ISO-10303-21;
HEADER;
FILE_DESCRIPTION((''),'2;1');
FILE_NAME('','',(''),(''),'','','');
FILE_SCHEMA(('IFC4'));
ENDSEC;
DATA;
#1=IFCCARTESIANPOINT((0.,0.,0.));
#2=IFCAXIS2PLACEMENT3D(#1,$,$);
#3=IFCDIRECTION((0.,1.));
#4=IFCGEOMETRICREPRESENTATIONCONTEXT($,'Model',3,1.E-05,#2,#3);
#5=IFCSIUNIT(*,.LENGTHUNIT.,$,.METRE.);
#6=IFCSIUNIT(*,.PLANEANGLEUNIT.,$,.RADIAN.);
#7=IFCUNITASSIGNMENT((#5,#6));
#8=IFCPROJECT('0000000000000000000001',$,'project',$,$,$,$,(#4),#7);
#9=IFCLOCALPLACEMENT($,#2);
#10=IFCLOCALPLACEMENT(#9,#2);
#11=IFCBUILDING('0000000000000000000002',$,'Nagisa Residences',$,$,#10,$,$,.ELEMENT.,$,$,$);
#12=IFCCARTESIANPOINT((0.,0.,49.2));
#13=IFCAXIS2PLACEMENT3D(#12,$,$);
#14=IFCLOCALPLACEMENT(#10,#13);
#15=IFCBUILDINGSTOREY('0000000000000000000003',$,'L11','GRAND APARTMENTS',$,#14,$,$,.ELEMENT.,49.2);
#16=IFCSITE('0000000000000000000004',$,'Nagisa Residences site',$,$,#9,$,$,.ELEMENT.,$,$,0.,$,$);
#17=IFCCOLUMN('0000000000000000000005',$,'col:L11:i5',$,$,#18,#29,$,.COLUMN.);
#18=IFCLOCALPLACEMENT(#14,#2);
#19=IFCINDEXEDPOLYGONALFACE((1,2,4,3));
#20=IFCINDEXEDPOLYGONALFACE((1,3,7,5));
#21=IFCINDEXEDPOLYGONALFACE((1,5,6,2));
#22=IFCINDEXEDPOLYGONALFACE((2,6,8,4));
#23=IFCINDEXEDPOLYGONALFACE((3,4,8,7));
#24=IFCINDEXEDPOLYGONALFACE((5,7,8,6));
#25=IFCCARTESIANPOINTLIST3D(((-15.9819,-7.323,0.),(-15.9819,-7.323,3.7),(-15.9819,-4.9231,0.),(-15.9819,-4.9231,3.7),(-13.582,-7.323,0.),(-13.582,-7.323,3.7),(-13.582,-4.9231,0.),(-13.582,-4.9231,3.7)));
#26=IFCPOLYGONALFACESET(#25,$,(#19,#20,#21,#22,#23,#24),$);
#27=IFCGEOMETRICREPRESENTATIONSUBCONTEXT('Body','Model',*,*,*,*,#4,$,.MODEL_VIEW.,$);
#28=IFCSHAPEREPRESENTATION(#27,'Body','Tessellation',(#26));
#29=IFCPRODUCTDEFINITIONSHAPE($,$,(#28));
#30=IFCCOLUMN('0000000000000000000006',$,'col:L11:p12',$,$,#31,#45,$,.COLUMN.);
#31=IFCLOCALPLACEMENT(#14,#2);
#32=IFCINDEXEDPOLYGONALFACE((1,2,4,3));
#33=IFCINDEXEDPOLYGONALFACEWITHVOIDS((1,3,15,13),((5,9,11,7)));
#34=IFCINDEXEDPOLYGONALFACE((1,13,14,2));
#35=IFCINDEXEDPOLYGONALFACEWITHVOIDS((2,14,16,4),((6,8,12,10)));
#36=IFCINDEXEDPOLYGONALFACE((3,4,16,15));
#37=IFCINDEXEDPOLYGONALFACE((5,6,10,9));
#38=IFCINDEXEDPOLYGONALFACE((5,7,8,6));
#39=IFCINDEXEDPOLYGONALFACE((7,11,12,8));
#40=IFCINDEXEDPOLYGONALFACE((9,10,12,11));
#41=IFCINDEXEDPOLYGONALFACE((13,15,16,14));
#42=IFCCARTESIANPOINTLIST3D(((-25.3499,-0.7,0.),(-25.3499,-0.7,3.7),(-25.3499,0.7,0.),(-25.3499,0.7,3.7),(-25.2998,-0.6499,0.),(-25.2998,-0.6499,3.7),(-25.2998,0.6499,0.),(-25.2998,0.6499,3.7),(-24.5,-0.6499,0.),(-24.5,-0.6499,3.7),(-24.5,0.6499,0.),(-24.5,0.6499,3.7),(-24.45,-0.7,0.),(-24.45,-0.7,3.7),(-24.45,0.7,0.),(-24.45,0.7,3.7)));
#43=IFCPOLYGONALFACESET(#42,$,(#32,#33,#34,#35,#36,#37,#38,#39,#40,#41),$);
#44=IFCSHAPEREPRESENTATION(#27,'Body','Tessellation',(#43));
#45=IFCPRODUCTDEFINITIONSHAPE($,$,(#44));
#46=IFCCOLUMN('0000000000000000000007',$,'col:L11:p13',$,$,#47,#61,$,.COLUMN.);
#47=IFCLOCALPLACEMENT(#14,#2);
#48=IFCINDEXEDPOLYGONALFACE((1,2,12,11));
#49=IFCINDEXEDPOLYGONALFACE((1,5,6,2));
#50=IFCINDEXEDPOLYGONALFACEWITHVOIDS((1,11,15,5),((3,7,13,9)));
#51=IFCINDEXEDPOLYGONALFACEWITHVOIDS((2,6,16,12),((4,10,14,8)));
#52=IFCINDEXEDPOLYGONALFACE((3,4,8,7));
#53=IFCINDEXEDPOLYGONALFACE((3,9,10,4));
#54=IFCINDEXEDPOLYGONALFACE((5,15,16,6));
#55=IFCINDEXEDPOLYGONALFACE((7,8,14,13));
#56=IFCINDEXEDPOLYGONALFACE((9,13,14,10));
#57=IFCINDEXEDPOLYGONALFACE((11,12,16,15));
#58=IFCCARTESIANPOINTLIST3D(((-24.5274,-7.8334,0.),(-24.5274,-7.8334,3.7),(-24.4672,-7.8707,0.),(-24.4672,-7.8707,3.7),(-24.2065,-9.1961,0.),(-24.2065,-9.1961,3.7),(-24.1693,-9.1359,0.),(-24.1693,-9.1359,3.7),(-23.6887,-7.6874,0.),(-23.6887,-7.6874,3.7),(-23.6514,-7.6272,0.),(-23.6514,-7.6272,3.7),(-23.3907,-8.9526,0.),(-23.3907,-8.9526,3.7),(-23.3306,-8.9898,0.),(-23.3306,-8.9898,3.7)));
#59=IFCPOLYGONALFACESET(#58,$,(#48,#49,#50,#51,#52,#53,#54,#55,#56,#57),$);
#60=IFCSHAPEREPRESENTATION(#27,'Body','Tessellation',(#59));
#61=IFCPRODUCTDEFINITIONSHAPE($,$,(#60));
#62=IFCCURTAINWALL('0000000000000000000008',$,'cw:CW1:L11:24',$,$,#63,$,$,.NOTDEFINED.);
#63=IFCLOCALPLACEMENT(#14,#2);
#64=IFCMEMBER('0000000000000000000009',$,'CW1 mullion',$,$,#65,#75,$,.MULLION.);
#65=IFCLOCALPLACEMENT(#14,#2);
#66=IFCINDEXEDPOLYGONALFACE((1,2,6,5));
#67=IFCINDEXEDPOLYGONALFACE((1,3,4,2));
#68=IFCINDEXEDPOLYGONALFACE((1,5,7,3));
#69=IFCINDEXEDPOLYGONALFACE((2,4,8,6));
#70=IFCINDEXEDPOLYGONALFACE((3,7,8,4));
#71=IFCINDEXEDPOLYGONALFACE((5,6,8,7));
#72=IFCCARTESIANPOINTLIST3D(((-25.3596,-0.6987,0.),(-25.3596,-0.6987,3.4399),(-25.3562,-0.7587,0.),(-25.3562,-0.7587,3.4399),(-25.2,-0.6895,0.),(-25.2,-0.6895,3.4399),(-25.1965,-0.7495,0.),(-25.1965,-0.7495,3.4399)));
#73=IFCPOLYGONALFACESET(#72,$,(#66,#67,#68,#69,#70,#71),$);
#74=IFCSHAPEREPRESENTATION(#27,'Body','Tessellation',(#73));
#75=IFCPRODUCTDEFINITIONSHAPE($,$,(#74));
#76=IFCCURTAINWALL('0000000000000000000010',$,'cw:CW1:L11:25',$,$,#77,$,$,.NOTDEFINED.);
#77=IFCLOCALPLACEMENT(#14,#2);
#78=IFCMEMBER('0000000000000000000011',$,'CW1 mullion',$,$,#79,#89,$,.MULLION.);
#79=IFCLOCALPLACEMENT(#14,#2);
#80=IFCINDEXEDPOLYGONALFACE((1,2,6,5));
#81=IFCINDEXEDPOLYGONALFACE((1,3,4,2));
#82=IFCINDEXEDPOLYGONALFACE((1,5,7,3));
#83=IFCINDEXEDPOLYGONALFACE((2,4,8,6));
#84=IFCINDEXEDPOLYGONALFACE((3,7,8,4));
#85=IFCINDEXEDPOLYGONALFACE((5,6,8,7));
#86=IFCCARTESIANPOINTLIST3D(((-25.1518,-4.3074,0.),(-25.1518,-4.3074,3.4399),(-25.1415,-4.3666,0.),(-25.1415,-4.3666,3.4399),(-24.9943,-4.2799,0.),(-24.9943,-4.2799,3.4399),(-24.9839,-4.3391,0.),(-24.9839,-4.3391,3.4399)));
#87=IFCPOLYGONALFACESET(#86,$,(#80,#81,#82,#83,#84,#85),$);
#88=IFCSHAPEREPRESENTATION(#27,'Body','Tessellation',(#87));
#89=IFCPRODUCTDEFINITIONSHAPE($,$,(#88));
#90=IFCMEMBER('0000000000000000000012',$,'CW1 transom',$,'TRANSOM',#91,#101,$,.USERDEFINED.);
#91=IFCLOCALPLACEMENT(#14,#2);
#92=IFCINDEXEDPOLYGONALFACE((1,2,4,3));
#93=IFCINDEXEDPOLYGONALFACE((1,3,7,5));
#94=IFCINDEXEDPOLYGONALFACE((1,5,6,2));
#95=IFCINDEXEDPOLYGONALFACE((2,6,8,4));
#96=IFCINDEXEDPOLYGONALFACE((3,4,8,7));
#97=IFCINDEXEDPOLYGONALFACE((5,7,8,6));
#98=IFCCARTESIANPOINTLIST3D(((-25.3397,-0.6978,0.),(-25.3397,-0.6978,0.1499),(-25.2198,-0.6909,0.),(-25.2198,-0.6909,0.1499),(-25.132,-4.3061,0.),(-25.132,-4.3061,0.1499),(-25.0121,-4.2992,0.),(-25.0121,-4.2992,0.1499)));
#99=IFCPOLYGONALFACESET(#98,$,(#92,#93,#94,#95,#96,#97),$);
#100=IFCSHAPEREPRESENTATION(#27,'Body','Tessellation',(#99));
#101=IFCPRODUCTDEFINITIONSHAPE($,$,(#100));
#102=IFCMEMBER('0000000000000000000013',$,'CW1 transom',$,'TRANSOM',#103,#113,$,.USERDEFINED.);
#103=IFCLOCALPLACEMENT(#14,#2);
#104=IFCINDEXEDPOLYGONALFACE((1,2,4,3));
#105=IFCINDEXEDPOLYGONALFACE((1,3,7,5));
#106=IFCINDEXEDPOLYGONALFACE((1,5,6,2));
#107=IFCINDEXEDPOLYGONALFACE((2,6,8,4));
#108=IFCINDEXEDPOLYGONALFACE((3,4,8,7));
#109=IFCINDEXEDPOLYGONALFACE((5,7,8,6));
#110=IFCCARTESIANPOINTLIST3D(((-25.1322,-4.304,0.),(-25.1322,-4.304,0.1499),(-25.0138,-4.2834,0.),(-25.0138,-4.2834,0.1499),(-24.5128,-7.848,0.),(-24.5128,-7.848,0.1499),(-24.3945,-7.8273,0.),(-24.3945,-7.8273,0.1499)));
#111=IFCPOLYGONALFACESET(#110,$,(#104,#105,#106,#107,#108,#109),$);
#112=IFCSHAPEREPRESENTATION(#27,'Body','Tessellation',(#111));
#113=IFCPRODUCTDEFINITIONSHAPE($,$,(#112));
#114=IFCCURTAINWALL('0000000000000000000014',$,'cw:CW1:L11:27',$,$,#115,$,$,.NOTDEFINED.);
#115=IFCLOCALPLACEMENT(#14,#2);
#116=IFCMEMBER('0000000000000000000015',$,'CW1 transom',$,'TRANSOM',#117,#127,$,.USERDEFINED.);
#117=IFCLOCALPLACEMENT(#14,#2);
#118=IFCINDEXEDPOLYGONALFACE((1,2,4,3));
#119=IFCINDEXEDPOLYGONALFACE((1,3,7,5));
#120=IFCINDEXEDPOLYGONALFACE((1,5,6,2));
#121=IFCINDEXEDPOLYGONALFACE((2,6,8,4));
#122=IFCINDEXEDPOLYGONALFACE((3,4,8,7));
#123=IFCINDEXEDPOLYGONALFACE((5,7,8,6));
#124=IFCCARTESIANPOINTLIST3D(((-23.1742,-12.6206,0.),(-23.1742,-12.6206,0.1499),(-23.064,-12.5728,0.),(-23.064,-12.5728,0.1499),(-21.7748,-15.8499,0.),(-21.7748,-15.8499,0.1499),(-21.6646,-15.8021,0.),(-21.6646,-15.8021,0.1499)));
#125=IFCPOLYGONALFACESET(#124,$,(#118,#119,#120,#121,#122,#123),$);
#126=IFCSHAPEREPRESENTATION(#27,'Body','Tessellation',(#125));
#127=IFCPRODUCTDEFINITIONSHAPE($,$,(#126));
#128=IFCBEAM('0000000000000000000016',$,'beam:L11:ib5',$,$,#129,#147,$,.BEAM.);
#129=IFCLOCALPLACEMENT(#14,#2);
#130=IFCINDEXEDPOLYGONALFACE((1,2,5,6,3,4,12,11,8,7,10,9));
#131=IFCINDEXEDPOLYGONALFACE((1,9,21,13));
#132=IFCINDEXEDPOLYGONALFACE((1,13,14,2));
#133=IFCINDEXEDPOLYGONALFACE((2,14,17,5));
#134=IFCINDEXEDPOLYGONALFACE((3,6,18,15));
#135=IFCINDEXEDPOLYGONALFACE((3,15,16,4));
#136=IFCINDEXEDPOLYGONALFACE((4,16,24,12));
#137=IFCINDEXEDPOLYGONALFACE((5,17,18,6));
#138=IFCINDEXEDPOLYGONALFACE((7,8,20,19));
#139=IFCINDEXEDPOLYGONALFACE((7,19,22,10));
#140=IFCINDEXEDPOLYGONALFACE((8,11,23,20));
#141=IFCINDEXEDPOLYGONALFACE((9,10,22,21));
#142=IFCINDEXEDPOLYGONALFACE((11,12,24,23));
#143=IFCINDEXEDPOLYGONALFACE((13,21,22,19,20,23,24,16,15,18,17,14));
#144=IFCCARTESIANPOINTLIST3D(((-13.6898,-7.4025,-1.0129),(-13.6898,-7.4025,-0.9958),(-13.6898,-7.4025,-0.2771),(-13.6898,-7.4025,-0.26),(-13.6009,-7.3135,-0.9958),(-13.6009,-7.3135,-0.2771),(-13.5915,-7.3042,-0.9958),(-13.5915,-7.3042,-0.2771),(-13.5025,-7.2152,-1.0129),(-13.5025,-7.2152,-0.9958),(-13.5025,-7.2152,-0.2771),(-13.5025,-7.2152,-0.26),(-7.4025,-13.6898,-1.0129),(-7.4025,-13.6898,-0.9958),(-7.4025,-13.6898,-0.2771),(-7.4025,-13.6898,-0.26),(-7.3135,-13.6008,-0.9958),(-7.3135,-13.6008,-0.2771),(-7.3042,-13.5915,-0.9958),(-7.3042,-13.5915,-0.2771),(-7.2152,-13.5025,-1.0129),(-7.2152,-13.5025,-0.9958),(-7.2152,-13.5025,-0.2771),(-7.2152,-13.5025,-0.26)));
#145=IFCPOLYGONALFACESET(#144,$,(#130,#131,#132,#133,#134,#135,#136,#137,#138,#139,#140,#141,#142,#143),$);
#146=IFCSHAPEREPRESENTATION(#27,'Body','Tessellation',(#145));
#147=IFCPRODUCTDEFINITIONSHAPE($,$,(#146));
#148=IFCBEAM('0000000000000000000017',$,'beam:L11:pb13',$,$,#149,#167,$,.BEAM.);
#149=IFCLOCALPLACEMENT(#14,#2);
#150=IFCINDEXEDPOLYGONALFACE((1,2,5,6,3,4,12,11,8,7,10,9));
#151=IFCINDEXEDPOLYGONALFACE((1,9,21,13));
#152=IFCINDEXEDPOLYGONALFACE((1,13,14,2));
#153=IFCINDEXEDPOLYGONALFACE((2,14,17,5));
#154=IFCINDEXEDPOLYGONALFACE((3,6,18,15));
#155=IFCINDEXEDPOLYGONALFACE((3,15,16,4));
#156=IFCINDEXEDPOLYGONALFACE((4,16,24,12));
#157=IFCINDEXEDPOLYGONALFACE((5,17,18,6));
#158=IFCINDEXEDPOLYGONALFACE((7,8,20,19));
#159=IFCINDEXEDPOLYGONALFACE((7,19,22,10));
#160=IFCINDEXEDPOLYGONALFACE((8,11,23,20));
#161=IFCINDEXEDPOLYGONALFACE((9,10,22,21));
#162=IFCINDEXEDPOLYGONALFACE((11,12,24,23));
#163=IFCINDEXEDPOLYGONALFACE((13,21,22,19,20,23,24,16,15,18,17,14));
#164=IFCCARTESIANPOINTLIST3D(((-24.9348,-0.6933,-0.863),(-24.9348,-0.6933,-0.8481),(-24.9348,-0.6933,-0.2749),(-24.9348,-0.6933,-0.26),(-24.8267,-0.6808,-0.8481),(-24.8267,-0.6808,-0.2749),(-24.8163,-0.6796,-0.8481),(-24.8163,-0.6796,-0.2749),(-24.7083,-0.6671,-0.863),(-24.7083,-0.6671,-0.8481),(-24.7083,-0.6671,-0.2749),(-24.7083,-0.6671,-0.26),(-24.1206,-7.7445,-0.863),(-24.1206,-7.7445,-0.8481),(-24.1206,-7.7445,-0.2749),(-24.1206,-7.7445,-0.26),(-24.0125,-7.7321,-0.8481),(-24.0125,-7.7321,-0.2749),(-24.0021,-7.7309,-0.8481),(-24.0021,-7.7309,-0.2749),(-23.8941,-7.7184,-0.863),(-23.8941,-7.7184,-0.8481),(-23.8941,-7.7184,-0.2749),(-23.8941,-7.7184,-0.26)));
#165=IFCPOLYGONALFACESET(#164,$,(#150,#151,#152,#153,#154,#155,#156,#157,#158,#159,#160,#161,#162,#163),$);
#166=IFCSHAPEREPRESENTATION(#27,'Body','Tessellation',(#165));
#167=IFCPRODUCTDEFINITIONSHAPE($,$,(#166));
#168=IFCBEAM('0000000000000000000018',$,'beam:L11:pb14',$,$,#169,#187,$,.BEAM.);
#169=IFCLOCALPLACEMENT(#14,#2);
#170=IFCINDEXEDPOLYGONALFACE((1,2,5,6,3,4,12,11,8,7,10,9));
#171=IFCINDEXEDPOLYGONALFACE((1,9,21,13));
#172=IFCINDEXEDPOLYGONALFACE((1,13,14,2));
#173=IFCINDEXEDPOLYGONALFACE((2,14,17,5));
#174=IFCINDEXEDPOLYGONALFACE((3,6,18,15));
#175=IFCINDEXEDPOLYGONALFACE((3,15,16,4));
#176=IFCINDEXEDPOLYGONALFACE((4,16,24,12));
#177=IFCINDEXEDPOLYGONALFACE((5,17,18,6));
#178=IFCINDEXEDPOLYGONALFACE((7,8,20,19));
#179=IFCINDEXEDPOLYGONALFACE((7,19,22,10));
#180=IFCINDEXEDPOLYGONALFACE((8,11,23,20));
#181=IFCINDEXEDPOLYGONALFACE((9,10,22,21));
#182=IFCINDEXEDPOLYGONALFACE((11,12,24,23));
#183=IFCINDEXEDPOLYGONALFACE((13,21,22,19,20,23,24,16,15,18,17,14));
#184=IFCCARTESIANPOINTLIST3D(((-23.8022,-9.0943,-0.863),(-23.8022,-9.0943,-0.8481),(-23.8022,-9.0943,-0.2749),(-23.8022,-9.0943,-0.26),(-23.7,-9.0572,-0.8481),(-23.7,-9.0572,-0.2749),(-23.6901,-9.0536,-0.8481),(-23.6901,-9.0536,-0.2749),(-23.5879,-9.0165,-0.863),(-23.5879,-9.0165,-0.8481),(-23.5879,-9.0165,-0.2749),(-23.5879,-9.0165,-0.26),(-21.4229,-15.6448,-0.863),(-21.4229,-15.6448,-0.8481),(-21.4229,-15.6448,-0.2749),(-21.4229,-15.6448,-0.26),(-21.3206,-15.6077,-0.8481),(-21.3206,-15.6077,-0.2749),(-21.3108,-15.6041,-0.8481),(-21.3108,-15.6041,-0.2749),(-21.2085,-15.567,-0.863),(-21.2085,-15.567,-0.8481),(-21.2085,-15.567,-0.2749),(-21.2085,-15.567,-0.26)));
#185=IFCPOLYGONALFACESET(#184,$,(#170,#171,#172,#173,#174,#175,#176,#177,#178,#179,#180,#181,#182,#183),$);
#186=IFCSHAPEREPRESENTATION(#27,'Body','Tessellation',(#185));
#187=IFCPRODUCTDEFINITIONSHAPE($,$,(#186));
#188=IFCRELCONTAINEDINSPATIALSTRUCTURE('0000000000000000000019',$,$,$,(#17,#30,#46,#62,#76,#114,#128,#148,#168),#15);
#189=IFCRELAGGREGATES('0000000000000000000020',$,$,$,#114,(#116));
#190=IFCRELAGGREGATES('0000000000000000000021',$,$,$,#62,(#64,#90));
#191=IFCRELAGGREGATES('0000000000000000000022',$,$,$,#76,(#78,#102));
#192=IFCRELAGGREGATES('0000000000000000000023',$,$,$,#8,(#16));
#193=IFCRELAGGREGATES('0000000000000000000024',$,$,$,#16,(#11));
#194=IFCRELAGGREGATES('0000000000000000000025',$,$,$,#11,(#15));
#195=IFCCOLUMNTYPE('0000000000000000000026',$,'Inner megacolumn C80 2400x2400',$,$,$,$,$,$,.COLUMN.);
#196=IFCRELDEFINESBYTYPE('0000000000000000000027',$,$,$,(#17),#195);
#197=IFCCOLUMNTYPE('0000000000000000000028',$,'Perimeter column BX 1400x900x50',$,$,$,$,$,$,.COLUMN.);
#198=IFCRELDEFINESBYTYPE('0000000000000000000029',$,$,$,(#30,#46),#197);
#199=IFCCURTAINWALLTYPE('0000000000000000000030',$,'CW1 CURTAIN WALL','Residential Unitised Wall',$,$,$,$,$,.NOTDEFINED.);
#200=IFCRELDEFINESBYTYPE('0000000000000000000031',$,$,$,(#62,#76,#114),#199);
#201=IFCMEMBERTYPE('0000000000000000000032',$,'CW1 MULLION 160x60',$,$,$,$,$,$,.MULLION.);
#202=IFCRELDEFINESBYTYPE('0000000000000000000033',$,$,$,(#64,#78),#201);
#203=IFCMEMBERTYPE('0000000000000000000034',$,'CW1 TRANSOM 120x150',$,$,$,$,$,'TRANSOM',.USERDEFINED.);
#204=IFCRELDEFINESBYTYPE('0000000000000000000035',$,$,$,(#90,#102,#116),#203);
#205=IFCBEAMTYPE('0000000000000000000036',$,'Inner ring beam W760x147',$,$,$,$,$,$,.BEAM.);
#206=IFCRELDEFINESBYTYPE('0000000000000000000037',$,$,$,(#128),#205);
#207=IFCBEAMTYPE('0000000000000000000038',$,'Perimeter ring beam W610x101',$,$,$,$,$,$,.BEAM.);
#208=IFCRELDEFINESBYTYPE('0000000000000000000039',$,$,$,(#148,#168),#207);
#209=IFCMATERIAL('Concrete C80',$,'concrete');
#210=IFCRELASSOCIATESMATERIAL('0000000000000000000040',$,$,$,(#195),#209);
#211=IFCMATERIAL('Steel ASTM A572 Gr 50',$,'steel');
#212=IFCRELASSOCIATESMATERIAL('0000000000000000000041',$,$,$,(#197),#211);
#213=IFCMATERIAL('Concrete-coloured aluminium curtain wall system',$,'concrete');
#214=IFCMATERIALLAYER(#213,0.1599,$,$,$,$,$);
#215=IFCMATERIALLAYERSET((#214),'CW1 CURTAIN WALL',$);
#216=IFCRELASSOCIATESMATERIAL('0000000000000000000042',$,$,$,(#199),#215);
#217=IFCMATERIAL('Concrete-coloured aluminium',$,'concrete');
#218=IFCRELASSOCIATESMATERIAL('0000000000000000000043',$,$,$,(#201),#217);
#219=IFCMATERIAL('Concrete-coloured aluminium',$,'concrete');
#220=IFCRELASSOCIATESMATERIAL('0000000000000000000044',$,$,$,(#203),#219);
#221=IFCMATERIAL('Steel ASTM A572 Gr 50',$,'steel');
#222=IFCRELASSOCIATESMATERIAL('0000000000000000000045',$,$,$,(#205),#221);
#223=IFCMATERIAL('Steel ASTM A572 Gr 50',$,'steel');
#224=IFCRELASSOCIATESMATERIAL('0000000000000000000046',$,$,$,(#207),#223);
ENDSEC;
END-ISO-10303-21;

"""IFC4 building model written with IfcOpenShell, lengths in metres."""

from ifc_helpers import new_model, si_unit, direction, frame, origin, origin_2d, place, context, subcontext, project, spatial, rectangle, hollow_rectangle, i_section, extrude, material, layer, layer_set, material_profile, profile_set, type_object, element, aggregate, save


model = new_model("IFC4")

# Units and contexts
model_context = context("Model", 3, precision=1e-05, world=origin(), true_north=direction((0.0, 1.0)))
body_context = subcontext(model_context, "Body", "Model", "MODEL_VIEW")
ifc_project = project(units=[si_unit("LENGTHUNIT", "METRE"), si_unit("PLANEANGLEUNIT", "RADIAN")], contexts=[model_context])

# Site, building, storey
site_placement = place(None, origin())
site = spatial("IfcSite", under=ifc_project, at=site_placement, Name="Nagisa Residences site", CompositionType="ELEMENT", RefElevation=0.0)
building_placement = place(site_placement, origin())
building = spatial("IfcBuilding", under=site, at=building_placement, Name="Nagisa Residences", CompositionType="ELEMENT")
storey_placement = place(building_placement, frame((0.0, 0.0, 49.2)))
storey = spatial("IfcBuildingStorey", under=building, at=storey_placement, Name="L11", Description="GRAND APARTMENTS", CompositionType="ELEMENT", Elevation=49.2)

# Columns
ifc_material_1 = material(Name="Concrete C80", Category="concrete")
ifc_material_profile_1 = material_profile(ifc_material_1, rectangle(XDim=2.3999, YDim=2.3999, at=origin_2d()), Name="C80 2400x2400")
ifc_profile_set_1 = profile_set([ifc_material_profile_1], Name="Concrete C80")
column_type_1 = type_object("IfcColumnType", Name="Inner megacolumn C80 2400x2400", PredefinedType="COLUMN", material=ifc_profile_set_1)
column_placement = place(storey_placement, frame((-14.782, -6.123, 0.0), z_axis=(0.0, 0.0, 1.0), x_axis=(1.0, 0.0, 0.0)))
element("IfcColumn", 1, at=column_placement, inside=storey, type_object=column_type_1, Name="col:L11:i5", PredefinedType="COLUMN", context=body_context, shape_type="SweptSolid", body=[
    extrude(rectangle(XDim=2.3999, YDim=2.3999, at=origin_2d()), origin(), (0.0, 0.0, 1.0), 3.7),
])
ifc_material_2 = material(Name="Steel ASTM A572 Gr 50", Category="steel")
ifc_material_profile_2 = material_profile(ifc_material_2, hollow_rectangle(XDim=1.3999, YDim=0.8999, WallThickness=0.05, at=origin_2d()), Name="BX 1400x900x50")
ifc_profile_set_2 = profile_set([ifc_material_profile_2], Name="Steel ASTM A572 Gr 50")
column_type_2 = type_object("IfcColumnType", Name="Perimeter column BX 1400x900x50", PredefinedType="COLUMN", material=ifc_profile_set_2)
for number, where, z_axis, x_axis, name in (
    (2, (-24.8999, 0.0, 0.0), (0.0, 0.0, 1.0), (0.0, -1.0, 0.0), "col:L11:p12"),
    (3, (-23.929, -8.4116, 0.0), (0.0, 0.0, 1.0), (0.229202, -0.973379, 0.0), "col:L11:p13"),
):
    element("IfcColumn", number, at=place(storey_placement, frame(where, z_axis=z_axis, x_axis=x_axis)), inside=storey, type_object=column_type_2, Name=name, PredefinedType="COLUMN", context=body_context, shape_type="SweptSolid", body=[
        extrude(hollow_rectangle(XDim=1.3999, YDim=0.8999, WallThickness=0.05, at=origin_2d()), origin(), (0.0, 0.0, 1.0), 3.7),
    ])

# Curtain walls, members
ifc_material_3 = material(Name="Concrete-coloured aluminium curtain wall system", Category="concrete")
ifc_layer_1 = layer(ifc_material_3, 0.1599)
ifc_layer_set_1 = layer_set([ifc_layer_1], Name="CW1 CURTAIN WALL")
curtain_wall_type = type_object("IfcCurtainWallType", Name="CW1 CURTAIN WALL", Description="Residential Unitised Wall", PredefinedType="NOTDEFINED", material=ifc_layer_set_1)
curtain_wall_1_placement = place(storey_placement, origin())
curtain_wall_1 = element("IfcCurtainWall", 4, at=curtain_wall_1_placement, inside=storey, type_object=curtain_wall_type, Name="cw:CW1:L11:24", PredefinedType="NOTDEFINED")
ifc_material_4 = material(Name="Concrete-coloured aluminium", Category="concrete")
ifc_material_profile_3 = material_profile(ifc_material_4, rectangle(XDim=0.1599, YDim=0.0601, at=origin_2d()), Name="CW1 MULLION 160x60")
ifc_profile_set_3 = profile_set([ifc_material_profile_3], Name="Concrete-coloured aluminium")
member_type_1 = type_object("IfcMemberType", Name="CW1 MULLION 160x60", PredefinedType="MULLION", material=ifc_profile_set_3)
member_1_placement = place(storey_placement, frame((-25.2781, -0.7241, 0.0), z_axis=(0.0, 0.0, 1.0), x_axis=(0.998345, 0.057503, 0.0)))
member_1 = element("IfcMember", 5, at=member_1_placement, type_object=member_type_1, Name="CW1 mullion", PredefinedType="MULLION", context=body_context, shape_type="SweptSolid", body=[
    extrude(rectangle(XDim=0.1599, YDim=0.0601, at=origin_2d()), origin(), (0.0, 0.0, 1.0), 3.4399),
])
curtain_wall_2_placement = place(storey_placement, origin())
curtain_wall_2 = element("IfcCurtainWall", 6, at=curtain_wall_2_placement, inside=storey, type_object=curtain_wall_type, Name="cw:CW1:L11:25", PredefinedType="NOTDEFINED")
member_2_placement = place(storey_placement, frame((-25.0679, -4.3232, 0.0), z_axis=(0.0, 0.0, 1.0), x_axis=(0.985064, 0.172191, 0.0)))
member_2 = element("IfcMember", 7, at=member_2_placement, type_object=member_type_1, Name="CW1 mullion", PredefinedType="MULLION", context=body_context, shape_type="SweptSolid", body=[
    extrude(rectangle(XDim=0.1599, YDim=0.0601, at=origin_2d()), origin(), (0.0, 0.0, 1.0), 3.4399),
])

# Members
ifc_material_5 = material(Name="Concrete-coloured aluminium", Category="concrete")
ifc_material_profile_4 = material_profile(ifc_material_5, rectangle(XDim=0.1201, YDim=0.1499, at=origin_2d()), Name="CW1 TRANSOM 120x150")
ifc_profile_set_4 = profile_set([ifc_material_profile_4], Name="Concrete-coloured aluminium")
member_type_2 = type_object("IfcMemberType", Name="CW1 TRANSOM 120x150", ElementType="TRANSOM", PredefinedType="USERDEFINED", material=ifc_profile_set_4)
member_3_placement = place(storey_placement, frame((-25.2798, -0.6943, 0.075), z_axis=(0.057483, -0.998347, 0.0), x_axis=(0.998347, 0.057483, 0.0)))
member_3 = element("IfcMember", 8, at=member_3_placement, type_object=member_type_2, Name="CW1 transom", ObjectType="TRANSOM", PredefinedType="USERDEFINED", context=body_context, shape_type="SweptSolid", body=[
    extrude(rectangle(XDim=0.1201, YDim=0.1499, at=origin_2d()), origin(), (0.0, 0.0, 1.0), 3.6143),
])
member_4_placement = place(storey_placement, frame((-25.073, -4.2937, 0.075), z_axis=(0.172163, -0.985068, 0.0), x_axis=(0.985068, 0.172163, 0.0)))
member_4 = element("IfcMember", 9, at=member_4_placement, type_object=member_type_2, Name="CW1 transom", ObjectType="TRANSOM", PredefinedType="USERDEFINED", context=body_context, shape_type="SweptSolid", body=[
    extrude(rectangle(XDim=0.1201, YDim=0.1499, at=origin_2d()), origin(), (0.0, 0.0, 1.0), 3.5977),
])

# Curtain wall, member
curtain_wall_3_placement = place(storey_placement, origin())
curtain_wall_3 = element("IfcCurtainWall", 10, at=curtain_wall_3_placement, inside=storey, type_object=curtain_wall_type, Name="cw:CW1:L11:27", PredefinedType="NOTDEFINED")
member_5_placement = place(storey_placement, frame((-23.1191, -12.5967, 0.075), z_axis=(0.397625, -0.917548, 0.0), x_axis=(0.917548, 0.397625, 0.0)))
member_5 = element("IfcMember", 11, at=member_5_placement, type_object=member_type_2, Name="CW1 transom", ObjectType="TRANSOM", PredefinedType="USERDEFINED", context=body_context, shape_type="SweptSolid", body=[
    extrude(rectangle(XDim=0.1201, YDim=0.1499, at=origin_2d()), origin(), (0.0, 0.0, 1.0), 3.5195),
])
aggregate(curtain_wall_3, [member_5])

# Beams
ifc_material_6 = material(Name="Steel ASTM A572 Gr 50", Category="steel")
ifc_material_profile_5 = material_profile(ifc_material_6, i_section(OverallWidth=0.2649, OverallDepth=0.7529, WebThickness=0.0132, FlangeThickness=0.0171, at=origin_2d()), Name="W760x147")
ifc_profile_set_5 = profile_set([ifc_material_profile_5], Name="Steel ASTM A572 Gr 50")
beam_type_1 = type_object("IfcBeamType", Name="Inner ring beam W760x147", PredefinedType="BEAM", material=ifc_profile_set_5)
beam_1_placement = place(storey_placement, frame((-13.5962, -7.3088, -0.6365), z_axis=(0.707107, -0.707107, 0.0), x_axis=(0.707107, 0.707107, 0.0)))
element("IfcBeam", 12, at=beam_1_placement, inside=storey, type_object=beam_type_1, Name="beam:L11:ib5", PredefinedType="BEAM", context=body_context, shape_type="SweptSolid", body=[
    extrude(i_section(OverallWidth=0.2649, OverallDepth=0.7529, WebThickness=0.0132, FlangeThickness=0.0171, at=origin_2d()), origin(), (0.0, 0.0, 1.0), 8.8916),
])
ifc_material_7 = material(Name="Steel ASTM A572 Gr 50", Category="steel")
ifc_material_profile_6 = material_profile(ifc_material_7, i_section(OverallWidth=0.228, OverallDepth=0.603, WebThickness=0.0105, FlangeThickness=0.0149, at=origin_2d()), Name="W610x101")
ifc_profile_set_6 = profile_set([ifc_material_profile_6], Name="Steel ASTM A572 Gr 50")
beam_type_2 = type_object("IfcBeamType", Name="Perimeter ring beam W610x101", PredefinedType="BEAM", material=ifc_profile_set_6)
beam_2_placement = place(storey_placement, frame((-24.8215, -0.6802, -0.5615), z_axis=(0.114708, -0.993399, 0.0), x_axis=(0.993399, 0.114708, 0.0)))
element("IfcBeam", 13, at=beam_2_placement, inside=storey, type_object=beam_type_2, Name="beam:L11:pb13", PredefinedType="BEAM", context=body_context, shape_type="SweptSolid", body=[
    extrude(i_section(OverallWidth=0.228, OverallDepth=0.603, WebThickness=0.0105, FlangeThickness=0.0149, at=origin_2d()), origin(), (0.0, 0.0, 1.0), 7.0981),
])
beam_3_placement = place(storey_placement, frame((-23.6951, -9.0554, -0.5615), z_axis=(0.341411, -0.939914, 0.0), x_axis=(0.939914, 0.341411, 0.0)))
element("IfcBeam", 14, at=beam_3_placement, inside=storey, type_object=beam_type_2, Name="beam:L11:pb14", PredefinedType="BEAM", context=body_context, shape_type="SweptSolid", body=[
    extrude(i_section(OverallWidth=0.228, OverallDepth=0.603, WebThickness=0.0105, FlangeThickness=0.0149, at=origin_2d()), origin(), (0.0, 0.0, 1.0), 6.9692),
])

aggregate(curtain_wall_1, [member_1, member_3])
aggregate(curtain_wall_2, [member_2, member_4])

save(model, "model.ifc")
